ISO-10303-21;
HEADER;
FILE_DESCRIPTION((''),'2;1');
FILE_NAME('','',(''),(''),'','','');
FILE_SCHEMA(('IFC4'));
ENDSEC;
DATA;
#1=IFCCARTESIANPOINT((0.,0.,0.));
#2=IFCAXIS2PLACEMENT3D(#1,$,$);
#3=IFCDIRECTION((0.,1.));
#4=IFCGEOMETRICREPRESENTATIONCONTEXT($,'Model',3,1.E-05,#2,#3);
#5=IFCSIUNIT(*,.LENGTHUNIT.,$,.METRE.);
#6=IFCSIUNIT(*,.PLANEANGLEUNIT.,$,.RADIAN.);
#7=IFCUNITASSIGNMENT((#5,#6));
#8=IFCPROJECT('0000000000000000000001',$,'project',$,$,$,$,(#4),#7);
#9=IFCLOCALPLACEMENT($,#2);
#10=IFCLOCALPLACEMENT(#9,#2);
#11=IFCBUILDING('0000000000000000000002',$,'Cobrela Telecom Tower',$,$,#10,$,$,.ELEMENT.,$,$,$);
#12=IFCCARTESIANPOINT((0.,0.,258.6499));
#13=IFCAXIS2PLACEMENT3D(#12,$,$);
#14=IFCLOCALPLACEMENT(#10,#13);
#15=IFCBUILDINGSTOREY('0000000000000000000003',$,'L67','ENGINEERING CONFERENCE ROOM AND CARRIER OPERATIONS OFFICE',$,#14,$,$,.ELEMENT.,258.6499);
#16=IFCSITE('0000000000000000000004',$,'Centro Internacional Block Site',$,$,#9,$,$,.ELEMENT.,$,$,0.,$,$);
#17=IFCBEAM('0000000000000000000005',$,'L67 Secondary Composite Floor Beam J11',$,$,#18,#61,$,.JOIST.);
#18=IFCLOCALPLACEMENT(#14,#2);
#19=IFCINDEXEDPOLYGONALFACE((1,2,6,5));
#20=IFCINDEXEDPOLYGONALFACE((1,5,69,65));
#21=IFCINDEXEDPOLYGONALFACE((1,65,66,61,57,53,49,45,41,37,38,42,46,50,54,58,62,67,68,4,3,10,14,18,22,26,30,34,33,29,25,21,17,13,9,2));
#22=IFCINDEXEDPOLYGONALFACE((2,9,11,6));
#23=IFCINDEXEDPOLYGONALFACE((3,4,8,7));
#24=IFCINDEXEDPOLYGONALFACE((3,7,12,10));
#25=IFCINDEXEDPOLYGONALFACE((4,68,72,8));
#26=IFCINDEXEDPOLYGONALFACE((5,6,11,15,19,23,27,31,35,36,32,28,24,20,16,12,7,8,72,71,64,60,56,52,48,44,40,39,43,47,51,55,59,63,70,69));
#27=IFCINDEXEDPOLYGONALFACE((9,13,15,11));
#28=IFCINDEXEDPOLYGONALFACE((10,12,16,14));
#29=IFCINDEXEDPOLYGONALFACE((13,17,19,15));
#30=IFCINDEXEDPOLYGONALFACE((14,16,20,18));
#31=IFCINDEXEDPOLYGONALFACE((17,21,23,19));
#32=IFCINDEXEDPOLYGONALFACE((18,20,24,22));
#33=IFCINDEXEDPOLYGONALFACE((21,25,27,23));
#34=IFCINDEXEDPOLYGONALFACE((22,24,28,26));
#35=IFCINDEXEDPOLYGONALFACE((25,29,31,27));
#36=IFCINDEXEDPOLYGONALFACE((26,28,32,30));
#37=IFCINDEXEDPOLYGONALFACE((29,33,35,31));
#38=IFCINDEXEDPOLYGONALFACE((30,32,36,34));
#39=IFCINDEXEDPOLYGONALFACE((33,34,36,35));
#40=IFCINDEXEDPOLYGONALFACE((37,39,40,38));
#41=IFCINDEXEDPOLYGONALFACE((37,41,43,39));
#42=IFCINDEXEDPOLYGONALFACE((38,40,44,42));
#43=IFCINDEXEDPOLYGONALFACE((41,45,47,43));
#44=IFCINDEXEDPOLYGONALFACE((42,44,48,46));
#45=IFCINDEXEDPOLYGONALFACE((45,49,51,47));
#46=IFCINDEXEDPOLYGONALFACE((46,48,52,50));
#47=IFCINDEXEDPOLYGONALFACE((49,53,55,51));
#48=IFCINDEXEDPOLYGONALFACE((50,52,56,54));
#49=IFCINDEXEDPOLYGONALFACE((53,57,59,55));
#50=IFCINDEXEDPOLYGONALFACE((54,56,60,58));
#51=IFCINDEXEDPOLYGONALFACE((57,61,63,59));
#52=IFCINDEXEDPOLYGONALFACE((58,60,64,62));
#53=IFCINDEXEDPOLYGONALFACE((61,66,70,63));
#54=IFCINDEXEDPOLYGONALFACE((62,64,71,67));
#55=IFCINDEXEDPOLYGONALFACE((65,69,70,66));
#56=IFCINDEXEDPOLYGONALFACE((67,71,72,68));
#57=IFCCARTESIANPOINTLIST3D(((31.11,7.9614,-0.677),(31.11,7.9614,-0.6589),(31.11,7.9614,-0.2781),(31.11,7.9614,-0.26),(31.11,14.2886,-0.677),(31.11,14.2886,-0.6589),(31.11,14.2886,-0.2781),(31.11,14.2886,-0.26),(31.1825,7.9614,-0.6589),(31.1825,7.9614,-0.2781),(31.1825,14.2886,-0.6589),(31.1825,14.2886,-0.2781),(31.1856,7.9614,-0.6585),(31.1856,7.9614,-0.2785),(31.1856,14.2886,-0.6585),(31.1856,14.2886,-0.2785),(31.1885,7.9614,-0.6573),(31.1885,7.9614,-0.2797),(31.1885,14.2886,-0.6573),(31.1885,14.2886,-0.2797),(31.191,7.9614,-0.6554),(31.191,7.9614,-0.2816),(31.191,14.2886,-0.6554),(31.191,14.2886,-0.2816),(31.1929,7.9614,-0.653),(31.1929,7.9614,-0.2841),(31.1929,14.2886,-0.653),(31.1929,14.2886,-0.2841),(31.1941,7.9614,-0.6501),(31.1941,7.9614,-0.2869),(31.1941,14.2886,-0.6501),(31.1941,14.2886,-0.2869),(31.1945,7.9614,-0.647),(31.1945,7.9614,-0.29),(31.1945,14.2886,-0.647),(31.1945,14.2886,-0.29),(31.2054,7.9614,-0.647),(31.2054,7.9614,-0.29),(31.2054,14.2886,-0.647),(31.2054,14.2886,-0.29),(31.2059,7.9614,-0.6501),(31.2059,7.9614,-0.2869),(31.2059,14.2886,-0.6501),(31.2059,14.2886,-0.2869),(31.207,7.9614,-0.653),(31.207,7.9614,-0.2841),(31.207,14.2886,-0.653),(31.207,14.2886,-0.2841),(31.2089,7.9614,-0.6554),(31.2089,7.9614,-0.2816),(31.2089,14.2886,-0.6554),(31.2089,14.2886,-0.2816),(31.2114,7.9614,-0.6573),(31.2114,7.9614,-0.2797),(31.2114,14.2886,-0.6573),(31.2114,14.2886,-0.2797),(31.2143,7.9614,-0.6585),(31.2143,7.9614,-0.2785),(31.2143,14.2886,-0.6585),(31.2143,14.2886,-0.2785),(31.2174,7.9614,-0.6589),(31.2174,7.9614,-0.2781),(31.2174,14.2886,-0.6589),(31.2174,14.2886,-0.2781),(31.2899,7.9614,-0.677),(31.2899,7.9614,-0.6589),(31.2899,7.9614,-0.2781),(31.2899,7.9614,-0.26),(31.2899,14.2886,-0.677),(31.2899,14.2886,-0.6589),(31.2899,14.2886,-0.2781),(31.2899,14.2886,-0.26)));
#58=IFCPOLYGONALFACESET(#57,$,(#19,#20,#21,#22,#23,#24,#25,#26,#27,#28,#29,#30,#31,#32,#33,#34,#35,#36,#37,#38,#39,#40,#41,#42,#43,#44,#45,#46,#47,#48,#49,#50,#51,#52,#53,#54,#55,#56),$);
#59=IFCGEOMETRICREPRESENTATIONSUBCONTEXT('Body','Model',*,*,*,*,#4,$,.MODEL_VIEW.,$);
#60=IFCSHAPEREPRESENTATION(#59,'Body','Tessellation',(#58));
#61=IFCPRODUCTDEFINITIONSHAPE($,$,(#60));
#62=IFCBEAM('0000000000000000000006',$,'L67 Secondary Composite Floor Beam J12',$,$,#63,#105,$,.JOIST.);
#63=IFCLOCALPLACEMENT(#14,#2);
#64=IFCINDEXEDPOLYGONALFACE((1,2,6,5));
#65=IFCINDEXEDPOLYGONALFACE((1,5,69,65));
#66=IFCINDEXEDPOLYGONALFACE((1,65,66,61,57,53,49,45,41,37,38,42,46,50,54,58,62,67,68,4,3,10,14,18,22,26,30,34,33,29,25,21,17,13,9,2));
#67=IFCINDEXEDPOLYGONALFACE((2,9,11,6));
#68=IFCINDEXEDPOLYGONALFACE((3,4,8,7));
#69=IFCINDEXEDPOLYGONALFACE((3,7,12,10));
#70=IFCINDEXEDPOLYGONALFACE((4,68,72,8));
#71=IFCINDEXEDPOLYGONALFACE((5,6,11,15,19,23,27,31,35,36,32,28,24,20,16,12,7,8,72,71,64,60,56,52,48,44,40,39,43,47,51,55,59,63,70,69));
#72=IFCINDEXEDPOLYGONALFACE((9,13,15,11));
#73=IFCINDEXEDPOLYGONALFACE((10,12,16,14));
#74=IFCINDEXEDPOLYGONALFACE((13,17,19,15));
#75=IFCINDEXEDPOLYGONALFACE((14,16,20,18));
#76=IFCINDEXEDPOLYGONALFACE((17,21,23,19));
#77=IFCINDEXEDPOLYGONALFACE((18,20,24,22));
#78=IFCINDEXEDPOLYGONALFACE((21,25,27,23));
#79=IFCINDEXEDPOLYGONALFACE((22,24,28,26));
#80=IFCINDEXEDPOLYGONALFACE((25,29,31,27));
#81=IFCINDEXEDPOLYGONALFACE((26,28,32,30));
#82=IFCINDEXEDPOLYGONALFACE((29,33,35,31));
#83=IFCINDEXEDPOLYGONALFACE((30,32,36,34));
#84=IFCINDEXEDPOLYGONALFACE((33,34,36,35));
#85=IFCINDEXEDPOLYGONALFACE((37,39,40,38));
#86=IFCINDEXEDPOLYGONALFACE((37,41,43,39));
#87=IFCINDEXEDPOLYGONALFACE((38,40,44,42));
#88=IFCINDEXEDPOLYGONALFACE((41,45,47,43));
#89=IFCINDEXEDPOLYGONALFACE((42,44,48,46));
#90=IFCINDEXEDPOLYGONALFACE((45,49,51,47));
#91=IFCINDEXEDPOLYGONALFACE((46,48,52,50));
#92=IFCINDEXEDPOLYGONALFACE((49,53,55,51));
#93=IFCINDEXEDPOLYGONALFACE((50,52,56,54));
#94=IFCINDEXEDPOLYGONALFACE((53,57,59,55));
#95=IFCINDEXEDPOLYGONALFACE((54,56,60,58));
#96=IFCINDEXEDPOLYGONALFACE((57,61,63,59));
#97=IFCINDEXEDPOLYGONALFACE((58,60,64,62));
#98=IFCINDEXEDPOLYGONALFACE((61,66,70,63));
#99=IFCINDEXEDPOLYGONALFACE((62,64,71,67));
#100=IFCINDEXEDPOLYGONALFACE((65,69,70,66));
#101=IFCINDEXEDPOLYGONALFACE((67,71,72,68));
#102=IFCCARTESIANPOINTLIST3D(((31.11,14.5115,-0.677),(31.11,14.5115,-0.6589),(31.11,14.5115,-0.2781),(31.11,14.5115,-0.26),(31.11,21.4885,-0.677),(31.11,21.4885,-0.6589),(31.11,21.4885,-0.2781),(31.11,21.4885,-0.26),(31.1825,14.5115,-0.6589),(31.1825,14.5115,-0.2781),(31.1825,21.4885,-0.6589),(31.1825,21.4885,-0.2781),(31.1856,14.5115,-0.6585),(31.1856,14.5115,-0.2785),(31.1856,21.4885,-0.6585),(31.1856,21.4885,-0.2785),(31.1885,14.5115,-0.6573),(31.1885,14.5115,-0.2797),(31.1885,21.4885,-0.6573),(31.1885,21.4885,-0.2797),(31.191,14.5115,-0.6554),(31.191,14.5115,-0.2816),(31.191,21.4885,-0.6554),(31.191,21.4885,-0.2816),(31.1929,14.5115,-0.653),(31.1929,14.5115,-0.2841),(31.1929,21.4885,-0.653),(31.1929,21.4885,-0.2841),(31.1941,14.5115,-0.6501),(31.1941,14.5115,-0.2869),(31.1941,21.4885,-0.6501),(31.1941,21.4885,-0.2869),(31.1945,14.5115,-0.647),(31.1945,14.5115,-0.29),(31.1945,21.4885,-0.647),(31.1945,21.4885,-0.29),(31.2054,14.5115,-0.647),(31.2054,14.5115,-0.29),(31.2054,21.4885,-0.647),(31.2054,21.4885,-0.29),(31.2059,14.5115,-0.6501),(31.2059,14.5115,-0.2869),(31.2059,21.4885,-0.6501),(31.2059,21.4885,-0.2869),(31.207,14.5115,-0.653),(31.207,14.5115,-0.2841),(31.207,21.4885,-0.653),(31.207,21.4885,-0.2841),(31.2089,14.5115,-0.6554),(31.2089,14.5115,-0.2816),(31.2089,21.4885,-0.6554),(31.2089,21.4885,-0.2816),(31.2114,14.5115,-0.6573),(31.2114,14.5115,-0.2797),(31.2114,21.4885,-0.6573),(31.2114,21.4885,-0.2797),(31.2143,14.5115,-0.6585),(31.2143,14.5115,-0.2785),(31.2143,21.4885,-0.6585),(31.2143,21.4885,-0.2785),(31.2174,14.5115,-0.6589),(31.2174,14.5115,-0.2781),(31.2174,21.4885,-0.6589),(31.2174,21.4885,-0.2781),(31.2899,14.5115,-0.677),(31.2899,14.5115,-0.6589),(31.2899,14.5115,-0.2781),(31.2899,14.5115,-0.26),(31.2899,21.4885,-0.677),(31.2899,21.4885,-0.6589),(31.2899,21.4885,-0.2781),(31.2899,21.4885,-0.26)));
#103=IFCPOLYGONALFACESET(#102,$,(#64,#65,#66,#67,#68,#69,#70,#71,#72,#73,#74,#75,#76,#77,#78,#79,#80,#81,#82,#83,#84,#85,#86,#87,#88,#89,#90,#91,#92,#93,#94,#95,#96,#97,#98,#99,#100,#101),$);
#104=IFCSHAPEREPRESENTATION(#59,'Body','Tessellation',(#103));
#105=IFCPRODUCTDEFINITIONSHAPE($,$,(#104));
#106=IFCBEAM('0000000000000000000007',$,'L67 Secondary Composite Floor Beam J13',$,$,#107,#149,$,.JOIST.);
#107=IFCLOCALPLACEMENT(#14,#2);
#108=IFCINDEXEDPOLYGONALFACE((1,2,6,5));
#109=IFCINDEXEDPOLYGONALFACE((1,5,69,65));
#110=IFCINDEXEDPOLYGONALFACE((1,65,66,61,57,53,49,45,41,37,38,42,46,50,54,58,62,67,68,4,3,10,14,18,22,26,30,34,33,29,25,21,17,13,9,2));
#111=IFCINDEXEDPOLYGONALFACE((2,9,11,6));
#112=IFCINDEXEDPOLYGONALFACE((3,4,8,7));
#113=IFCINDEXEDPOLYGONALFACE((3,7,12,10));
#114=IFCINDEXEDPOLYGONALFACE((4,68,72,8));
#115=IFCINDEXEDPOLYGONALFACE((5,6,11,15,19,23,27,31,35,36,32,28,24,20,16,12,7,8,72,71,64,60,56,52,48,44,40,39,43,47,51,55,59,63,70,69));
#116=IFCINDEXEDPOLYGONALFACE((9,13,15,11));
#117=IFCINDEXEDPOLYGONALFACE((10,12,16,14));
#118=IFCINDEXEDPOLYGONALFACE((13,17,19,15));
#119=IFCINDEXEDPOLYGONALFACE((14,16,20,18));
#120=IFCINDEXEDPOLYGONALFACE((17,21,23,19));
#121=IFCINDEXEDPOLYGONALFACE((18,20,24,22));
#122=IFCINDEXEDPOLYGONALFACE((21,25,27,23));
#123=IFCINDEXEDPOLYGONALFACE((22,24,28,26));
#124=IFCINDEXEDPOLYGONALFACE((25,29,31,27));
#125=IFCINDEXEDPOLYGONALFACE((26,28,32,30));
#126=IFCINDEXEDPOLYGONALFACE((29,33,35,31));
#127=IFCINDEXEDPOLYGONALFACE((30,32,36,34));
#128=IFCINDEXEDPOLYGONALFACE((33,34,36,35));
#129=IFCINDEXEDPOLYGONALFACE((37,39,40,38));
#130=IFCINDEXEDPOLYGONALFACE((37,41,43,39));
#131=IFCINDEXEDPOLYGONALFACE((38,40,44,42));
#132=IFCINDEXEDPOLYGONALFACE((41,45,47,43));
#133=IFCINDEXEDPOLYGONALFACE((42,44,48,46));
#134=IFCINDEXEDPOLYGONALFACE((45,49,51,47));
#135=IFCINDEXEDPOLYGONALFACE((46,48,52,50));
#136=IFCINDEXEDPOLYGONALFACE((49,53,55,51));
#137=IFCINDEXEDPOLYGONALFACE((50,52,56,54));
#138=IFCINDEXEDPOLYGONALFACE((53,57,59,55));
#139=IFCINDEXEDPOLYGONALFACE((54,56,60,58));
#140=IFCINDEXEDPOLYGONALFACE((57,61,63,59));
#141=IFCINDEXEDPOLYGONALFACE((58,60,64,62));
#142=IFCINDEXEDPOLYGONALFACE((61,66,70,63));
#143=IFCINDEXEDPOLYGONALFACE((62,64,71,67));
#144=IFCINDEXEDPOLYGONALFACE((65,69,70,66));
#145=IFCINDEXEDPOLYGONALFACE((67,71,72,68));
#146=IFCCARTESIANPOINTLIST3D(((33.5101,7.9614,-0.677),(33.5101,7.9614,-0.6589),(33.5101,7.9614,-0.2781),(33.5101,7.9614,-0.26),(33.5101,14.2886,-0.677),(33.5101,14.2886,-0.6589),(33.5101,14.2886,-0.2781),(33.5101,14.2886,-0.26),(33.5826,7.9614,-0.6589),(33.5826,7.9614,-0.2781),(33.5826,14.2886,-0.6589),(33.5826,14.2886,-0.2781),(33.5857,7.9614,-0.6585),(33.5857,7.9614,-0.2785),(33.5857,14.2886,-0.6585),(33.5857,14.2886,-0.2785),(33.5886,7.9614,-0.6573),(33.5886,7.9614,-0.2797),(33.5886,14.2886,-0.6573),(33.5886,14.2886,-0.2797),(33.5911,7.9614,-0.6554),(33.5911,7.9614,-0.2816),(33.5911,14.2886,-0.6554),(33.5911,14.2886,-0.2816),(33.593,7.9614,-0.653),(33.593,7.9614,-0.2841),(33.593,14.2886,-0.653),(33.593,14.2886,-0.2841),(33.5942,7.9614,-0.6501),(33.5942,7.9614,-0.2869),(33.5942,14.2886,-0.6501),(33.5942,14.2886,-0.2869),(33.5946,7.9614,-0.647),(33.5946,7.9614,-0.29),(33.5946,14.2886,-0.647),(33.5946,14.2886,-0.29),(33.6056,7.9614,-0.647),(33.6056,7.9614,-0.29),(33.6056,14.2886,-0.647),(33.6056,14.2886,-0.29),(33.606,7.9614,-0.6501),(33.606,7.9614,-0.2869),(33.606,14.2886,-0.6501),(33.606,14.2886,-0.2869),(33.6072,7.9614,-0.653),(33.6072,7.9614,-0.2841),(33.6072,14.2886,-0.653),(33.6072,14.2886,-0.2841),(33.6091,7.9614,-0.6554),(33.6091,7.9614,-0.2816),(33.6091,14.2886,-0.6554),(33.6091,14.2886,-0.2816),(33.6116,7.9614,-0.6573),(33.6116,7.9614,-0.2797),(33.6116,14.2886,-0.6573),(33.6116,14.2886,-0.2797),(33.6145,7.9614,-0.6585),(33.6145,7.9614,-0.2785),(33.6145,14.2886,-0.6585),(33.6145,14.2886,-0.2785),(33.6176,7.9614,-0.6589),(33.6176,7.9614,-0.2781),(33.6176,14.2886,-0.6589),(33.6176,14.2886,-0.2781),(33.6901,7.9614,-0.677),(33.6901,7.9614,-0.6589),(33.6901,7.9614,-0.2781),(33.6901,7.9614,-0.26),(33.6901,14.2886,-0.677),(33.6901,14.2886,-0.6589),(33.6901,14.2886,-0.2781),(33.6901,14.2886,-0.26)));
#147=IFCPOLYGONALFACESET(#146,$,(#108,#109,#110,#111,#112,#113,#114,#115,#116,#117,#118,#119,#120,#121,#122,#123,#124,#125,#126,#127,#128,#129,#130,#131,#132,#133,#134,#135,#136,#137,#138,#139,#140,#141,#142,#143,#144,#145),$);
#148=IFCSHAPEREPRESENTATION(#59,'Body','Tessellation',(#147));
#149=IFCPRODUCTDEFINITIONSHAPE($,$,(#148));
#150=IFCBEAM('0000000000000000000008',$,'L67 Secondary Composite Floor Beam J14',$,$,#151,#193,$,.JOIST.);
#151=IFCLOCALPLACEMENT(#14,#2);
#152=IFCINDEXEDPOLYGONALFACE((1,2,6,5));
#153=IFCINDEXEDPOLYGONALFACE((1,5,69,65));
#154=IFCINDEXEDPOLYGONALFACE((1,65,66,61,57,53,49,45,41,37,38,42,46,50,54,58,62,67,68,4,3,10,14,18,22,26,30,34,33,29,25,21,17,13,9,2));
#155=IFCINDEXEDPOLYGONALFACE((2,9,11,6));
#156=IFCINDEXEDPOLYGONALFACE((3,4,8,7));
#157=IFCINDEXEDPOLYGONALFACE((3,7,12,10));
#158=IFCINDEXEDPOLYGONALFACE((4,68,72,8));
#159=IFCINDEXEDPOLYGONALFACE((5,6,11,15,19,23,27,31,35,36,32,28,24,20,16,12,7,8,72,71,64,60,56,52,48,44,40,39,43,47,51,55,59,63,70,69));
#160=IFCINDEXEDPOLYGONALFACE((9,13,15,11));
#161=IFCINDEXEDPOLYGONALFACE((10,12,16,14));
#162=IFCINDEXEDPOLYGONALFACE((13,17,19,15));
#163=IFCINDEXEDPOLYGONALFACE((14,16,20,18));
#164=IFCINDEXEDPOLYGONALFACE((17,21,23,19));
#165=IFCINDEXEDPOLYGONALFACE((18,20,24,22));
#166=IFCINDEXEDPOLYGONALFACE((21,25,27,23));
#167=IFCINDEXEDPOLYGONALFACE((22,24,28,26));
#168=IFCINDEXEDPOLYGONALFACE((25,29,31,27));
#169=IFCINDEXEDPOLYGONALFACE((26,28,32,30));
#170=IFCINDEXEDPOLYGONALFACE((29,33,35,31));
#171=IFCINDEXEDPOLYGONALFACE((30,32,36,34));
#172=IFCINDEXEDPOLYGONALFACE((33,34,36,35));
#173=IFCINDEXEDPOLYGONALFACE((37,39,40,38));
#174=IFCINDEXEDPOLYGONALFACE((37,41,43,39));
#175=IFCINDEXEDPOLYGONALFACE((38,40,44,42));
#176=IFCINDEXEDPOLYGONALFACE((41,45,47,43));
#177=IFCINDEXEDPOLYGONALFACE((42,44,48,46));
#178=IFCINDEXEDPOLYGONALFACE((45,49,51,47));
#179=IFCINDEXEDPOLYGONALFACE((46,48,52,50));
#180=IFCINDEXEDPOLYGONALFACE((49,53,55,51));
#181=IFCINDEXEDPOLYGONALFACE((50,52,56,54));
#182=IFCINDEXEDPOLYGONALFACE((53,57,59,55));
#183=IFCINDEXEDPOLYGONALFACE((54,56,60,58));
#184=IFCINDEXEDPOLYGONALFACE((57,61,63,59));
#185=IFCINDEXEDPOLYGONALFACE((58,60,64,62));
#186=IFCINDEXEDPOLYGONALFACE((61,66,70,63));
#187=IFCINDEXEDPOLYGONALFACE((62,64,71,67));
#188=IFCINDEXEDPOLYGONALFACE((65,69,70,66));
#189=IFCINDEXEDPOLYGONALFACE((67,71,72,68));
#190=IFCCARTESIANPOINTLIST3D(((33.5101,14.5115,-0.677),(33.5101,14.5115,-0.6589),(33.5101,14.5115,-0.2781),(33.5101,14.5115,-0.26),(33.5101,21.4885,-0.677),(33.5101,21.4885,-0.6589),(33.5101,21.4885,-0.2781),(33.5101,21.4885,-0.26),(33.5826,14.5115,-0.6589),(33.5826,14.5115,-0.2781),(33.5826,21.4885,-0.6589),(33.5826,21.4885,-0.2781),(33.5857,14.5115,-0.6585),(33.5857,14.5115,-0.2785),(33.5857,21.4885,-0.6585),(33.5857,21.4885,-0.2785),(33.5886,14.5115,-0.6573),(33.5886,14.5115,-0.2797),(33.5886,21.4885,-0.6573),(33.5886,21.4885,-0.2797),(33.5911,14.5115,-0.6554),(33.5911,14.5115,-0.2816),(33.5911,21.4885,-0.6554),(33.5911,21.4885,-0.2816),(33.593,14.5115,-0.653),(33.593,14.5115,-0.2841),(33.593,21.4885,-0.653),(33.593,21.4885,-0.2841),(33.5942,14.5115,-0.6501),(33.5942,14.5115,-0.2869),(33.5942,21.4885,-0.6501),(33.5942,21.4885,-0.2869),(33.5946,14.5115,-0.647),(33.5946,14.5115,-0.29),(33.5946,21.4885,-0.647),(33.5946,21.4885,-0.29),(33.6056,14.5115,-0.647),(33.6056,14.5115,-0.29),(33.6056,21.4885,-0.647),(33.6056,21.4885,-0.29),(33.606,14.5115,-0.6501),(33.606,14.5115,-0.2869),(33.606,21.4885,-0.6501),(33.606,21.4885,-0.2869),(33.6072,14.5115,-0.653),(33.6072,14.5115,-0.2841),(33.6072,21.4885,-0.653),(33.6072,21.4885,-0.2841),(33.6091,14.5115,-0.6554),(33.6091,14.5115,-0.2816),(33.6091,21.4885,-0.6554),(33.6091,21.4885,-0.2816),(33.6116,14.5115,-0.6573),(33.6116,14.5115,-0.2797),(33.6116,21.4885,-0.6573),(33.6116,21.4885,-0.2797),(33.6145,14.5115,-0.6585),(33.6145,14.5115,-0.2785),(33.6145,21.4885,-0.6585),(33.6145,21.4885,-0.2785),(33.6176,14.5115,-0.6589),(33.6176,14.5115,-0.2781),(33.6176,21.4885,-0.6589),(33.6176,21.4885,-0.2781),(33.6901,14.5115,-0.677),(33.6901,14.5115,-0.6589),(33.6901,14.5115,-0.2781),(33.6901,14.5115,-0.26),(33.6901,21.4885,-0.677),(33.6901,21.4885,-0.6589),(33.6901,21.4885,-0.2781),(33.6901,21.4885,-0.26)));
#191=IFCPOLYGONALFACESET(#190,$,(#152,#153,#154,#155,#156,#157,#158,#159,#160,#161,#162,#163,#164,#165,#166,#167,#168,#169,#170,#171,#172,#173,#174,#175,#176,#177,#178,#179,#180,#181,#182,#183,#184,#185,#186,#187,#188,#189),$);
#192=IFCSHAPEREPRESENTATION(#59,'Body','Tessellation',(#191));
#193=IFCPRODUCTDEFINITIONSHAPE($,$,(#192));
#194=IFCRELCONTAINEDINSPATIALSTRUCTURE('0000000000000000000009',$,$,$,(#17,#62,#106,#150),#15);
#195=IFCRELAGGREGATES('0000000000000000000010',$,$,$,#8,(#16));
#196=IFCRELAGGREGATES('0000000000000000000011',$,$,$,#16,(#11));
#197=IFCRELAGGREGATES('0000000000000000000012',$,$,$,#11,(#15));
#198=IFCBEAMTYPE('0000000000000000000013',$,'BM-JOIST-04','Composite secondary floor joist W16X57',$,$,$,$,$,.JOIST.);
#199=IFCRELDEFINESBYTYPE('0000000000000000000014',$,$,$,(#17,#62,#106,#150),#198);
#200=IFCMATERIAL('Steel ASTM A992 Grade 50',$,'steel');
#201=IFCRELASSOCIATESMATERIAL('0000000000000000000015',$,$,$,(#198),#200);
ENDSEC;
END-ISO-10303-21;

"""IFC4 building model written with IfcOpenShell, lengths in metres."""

from ifc_helpers import new_model, si_unit, direction, frame, origin, origin_2d, place, context, subcontext, project, spatial, i_section, extrude, material, material_profile, profile_set, type_object, element, save


model = new_model("IFC4")

# Units and contexts
model_context = context("Model", 3, precision=1e-05, world=origin(), true_north=direction((0.0, 1.0)))
body_context = subcontext(model_context, "Body", "Model", "MODEL_VIEW")
ifc_project = project(units=[si_unit("LENGTHUNIT", "METRE"), si_unit("PLANEANGLEUNIT", "RADIAN")], contexts=[model_context])

# Site, building, storey
site_placement = place(None, origin())
site = spatial("IfcSite", under=ifc_project, at=site_placement, Name="Centro Internacional Block Site", CompositionType="ELEMENT", RefElevation=0.0)
building_placement = place(site_placement, origin())
building = spatial("IfcBuilding", under=site, at=building_placement, Name="Cobrela Telecom Tower", CompositionType="ELEMENT")
storey_placement = place(building_placement, frame((0.0, 0.0, 258.6499)))
storey = spatial("IfcBuildingStorey", under=building, at=storey_placement, Name="L67", Description="ENGINEERING CONFERENCE ROOM AND CARRIER OPERATIONS OFFICE", CompositionType="ELEMENT", Elevation=258.6499)

# Shared definitions
ifc_material_1 = material(Name="Steel ASTM A992 Grade 50", Category="steel")

# Beams
ifc_material_profile_1 = material_profile(ifc_material_1, i_section(OverallWidth=0.1799, OverallDepth=0.417, WebThickness=0.011, FlangeThickness=0.0181, FilletRadius=0.012, at=origin_2d()), Name="W16X57")
ifc_profile_set_1 = profile_set([ifc_material_profile_1], Name="Steel ASTM A992 Grade 50")
beam_type_1 = type_object("IfcBeamType", Name="BM-JOIST-04", Description="Composite secondary floor joist W16X57", PredefinedType="JOIST", material=ifc_profile_set_1)
beam_1_placement = place(storey_placement, frame((31.2, 7.9614, -0.4685), z_axis=(0.0, 1.0, 0.0), x_axis=(-1.0, 0.0, 0.0)))
element("IfcBeam", 1, at=beam_1_placement, inside=storey, type_object=beam_type_1, Name="L67 Secondary Composite Floor Beam J11", PredefinedType="JOIST", context=body_context, shape_type="SweptSolid", body=[
    extrude(i_section(OverallWidth=0.1799, OverallDepth=0.417, WebThickness=0.011, FlangeThickness=0.0181, FilletRadius=0.012, at=origin_2d()), origin(), (0.0, 0.0, 1.0), 6.3271),
])
beam_2_placement = place(storey_placement, frame((31.2, 14.5115, -0.4685), z_axis=(0.0, 1.0, 0.0), x_axis=(-1.0, 0.0, 0.0)))
element("IfcBeam", 2, at=beam_2_placement, inside=storey, type_object=beam_type_1, Name="L67 Secondary Composite Floor Beam J12", PredefinedType="JOIST", context=body_context, shape_type="SweptSolid", body=[
    extrude(i_section(OverallWidth=0.1799, OverallDepth=0.417, WebThickness=0.011, FlangeThickness=0.0181, FilletRadius=0.012, at=origin_2d()), origin(), (0.0, 0.0, 1.0), 6.9771),
])
beam_3_placement = place(storey_placement, frame((33.6001, 7.9614, -0.4685), z_axis=(0.0, 1.0, 0.0), x_axis=(-1.0, 0.0, 0.0)))
element("IfcBeam", 3, at=beam_3_placement, inside=storey, type_object=beam_type_1, Name="L67 Secondary Composite Floor Beam J13", PredefinedType="JOIST", context=body_context, shape_type="SweptSolid", body=[
    extrude(i_section(OverallWidth=0.1799, OverallDepth=0.417, WebThickness=0.011, FlangeThickness=0.0181, FilletRadius=0.012, at=origin_2d()), origin(), (0.0, 0.0, 1.0), 6.3271),
])
for number, where, z_axis, x_axis, name in (
    (4, (33.6001, 14.5115, -0.4685), (0.0, 1.0, 0.0), (-1.0, 0.0, 0.0), "L67 Secondary Composite Floor Beam J14"),
):
    element("IfcBeam", number, at=place(storey_placement, frame(where, z_axis=z_axis, x_axis=x_axis)), inside=storey, type_object=beam_type_1, Name=name, PredefinedType="JOIST", context=body_context, shape_type="SweptSolid", body=[
        extrude(i_section(OverallWidth=0.1799, OverallDepth=0.417, WebThickness=0.011, FlangeThickness=0.0181, FilletRadius=0.012, at=origin_2d()), origin(), (0.0, 0.0, 1.0), 6.9771),
    ])

save(model, "model.ifc")
